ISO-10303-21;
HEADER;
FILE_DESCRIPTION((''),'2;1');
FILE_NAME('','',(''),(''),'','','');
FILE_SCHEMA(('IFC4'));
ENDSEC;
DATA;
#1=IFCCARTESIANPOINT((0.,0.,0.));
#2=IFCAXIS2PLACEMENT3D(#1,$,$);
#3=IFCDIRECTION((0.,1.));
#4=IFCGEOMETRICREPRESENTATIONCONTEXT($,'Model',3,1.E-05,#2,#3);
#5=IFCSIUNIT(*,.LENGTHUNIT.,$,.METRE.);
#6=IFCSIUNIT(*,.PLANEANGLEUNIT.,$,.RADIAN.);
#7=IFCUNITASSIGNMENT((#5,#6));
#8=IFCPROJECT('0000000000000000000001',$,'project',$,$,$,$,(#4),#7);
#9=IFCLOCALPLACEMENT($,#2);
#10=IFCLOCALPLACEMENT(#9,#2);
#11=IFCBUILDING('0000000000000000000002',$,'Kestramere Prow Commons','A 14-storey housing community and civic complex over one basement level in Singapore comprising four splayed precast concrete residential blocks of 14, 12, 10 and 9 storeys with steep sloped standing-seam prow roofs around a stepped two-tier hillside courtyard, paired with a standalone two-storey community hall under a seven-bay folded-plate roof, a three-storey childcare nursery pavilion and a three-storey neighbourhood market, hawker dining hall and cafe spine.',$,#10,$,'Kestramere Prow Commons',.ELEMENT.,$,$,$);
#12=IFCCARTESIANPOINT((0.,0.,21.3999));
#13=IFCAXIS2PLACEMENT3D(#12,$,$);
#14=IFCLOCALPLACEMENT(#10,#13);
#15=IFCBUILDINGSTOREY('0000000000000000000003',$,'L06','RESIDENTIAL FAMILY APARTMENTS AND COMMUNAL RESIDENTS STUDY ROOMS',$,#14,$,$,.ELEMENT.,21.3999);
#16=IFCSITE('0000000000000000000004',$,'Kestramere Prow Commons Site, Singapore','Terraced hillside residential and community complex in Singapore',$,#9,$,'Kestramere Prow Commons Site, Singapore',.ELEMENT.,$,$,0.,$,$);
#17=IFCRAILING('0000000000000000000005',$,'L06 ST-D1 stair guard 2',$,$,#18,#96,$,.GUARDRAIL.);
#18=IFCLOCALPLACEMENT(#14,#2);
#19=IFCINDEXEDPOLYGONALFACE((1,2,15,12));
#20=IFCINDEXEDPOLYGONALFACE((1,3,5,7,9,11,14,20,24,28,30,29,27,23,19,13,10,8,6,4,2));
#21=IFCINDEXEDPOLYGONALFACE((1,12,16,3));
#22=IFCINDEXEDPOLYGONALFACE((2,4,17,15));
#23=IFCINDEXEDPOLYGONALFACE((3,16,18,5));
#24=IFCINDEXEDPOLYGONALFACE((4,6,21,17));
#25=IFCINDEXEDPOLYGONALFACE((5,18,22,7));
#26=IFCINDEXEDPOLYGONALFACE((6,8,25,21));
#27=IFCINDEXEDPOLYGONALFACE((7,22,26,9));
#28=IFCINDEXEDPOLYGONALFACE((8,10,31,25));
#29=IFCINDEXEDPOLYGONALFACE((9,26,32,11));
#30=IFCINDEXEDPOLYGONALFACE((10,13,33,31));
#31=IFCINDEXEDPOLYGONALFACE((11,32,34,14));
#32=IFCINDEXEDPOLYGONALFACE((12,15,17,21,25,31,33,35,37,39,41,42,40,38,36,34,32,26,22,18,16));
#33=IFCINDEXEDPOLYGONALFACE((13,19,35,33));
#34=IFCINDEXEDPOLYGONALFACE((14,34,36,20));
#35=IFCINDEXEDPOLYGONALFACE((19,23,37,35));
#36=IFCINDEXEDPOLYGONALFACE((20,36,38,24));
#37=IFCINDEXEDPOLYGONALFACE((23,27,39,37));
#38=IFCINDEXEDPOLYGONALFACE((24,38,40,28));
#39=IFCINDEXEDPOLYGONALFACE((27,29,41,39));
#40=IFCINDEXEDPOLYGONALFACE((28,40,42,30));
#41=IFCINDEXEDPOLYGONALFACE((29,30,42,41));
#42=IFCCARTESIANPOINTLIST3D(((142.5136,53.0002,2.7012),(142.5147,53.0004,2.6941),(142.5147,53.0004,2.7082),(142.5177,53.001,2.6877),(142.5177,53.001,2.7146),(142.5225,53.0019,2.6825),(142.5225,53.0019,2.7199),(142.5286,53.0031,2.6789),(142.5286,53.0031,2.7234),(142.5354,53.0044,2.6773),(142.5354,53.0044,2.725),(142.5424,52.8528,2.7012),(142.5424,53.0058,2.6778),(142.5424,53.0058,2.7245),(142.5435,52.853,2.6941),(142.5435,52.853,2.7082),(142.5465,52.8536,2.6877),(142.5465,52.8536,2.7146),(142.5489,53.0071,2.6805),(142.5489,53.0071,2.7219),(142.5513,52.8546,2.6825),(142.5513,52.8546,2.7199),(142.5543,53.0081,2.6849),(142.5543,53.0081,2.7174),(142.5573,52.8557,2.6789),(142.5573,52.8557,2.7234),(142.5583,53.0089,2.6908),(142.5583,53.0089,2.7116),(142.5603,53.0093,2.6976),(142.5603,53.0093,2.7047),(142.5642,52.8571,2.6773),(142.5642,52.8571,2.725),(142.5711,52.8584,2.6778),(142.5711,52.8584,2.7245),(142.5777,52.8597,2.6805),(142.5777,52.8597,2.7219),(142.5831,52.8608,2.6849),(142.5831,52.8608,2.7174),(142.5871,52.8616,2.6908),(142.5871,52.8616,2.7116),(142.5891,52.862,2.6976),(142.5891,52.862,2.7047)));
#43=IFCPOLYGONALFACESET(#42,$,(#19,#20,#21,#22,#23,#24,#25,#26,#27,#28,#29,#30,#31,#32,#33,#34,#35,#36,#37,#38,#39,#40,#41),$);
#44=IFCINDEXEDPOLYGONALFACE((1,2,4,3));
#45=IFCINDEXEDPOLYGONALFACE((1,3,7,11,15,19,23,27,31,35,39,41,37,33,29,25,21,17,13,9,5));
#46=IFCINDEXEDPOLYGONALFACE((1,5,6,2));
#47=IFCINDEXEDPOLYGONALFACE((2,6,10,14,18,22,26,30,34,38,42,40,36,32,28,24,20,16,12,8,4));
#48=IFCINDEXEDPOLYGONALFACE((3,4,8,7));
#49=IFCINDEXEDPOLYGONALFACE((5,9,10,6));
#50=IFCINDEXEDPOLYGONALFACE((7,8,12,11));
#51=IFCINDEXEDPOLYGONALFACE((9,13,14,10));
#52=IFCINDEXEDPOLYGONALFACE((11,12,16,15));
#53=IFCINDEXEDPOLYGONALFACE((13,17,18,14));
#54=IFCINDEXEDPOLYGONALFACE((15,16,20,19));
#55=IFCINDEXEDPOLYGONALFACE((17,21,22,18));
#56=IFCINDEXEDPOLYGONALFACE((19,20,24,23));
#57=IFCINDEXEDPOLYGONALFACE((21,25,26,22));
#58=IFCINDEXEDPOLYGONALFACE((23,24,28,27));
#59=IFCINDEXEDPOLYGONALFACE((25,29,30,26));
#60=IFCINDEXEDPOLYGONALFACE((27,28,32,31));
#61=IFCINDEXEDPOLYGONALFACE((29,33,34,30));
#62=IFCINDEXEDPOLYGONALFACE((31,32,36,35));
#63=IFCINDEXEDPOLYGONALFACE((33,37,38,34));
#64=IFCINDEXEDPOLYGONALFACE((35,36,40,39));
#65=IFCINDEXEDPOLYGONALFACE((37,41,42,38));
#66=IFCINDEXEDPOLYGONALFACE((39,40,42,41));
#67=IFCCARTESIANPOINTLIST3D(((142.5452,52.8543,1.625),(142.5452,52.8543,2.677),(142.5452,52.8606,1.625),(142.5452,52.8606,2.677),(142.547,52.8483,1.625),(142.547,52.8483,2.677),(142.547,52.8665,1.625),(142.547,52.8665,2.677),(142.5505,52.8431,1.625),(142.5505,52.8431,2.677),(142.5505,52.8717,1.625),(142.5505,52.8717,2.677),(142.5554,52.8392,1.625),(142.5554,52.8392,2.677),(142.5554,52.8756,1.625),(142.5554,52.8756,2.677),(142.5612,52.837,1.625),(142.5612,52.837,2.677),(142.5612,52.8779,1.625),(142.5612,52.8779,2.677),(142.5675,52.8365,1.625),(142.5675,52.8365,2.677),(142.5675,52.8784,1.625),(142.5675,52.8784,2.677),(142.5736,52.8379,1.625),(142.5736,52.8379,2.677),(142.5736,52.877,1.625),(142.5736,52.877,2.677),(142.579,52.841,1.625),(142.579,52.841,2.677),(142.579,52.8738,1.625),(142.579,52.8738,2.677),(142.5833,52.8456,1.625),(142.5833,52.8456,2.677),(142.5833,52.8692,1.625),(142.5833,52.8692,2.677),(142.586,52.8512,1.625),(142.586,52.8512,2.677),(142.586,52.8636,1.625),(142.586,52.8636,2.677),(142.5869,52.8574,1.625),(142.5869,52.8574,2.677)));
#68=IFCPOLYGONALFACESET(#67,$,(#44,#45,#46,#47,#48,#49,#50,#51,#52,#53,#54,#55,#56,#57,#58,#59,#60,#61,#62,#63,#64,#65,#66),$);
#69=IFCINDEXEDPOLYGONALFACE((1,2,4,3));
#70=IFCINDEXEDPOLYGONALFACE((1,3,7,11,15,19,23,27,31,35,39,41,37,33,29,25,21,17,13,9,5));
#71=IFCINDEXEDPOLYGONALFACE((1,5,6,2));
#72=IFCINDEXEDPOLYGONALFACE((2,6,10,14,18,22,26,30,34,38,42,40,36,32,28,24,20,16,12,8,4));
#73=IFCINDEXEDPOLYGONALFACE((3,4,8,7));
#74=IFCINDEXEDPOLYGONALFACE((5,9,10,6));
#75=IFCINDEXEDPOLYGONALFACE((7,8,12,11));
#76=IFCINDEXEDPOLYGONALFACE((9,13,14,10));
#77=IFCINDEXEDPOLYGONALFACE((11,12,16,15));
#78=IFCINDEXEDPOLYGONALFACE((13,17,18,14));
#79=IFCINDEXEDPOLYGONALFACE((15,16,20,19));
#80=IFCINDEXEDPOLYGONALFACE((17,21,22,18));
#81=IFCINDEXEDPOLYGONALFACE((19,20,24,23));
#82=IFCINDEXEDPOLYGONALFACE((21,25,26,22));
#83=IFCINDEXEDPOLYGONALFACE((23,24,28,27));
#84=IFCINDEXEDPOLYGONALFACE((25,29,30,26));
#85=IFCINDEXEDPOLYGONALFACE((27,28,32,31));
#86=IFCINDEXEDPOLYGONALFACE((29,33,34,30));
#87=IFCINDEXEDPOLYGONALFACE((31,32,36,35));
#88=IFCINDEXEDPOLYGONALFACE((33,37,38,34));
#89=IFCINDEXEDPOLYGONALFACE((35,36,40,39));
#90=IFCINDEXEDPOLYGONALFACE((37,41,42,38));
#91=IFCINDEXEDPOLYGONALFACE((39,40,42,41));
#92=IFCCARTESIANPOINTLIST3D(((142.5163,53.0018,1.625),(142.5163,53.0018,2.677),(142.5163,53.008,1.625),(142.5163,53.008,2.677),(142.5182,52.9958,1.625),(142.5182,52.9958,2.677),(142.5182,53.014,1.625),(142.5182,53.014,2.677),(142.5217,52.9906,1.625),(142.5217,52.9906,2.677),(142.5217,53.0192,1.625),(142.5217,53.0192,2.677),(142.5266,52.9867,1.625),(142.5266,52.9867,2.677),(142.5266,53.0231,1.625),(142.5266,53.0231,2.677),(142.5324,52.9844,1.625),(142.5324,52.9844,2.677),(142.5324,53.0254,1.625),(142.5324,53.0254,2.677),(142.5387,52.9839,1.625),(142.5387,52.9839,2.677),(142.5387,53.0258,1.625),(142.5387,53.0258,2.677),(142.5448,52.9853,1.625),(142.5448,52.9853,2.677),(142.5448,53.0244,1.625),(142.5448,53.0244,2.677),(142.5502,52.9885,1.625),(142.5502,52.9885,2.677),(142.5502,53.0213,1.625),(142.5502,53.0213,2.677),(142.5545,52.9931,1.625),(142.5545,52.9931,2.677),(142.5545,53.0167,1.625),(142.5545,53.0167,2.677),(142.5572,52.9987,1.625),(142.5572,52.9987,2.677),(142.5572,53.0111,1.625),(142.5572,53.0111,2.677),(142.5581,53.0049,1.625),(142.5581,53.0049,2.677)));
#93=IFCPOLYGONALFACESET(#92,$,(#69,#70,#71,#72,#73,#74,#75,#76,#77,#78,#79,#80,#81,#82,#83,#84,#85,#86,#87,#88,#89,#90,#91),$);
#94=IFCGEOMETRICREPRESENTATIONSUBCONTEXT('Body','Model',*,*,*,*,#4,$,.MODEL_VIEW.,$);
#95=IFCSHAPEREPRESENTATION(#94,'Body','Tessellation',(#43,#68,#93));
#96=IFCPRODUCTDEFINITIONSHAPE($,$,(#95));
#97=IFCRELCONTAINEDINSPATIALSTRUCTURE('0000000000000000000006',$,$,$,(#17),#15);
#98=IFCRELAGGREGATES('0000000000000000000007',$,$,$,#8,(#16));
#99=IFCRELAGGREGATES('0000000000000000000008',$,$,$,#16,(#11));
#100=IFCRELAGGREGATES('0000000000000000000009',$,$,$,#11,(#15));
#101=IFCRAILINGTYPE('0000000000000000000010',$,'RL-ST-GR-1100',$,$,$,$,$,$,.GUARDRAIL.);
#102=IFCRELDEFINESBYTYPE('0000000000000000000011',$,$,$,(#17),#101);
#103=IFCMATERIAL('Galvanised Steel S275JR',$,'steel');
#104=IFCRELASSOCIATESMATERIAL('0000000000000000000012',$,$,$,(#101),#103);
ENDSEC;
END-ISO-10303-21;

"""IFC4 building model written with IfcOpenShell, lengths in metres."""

from ifc_helpers import new_model, si_unit, direction, frame, origin, origin_2d, place, context, subcontext, project, spatial, circle, extrude, material, type_object, element, save


model = new_model("IFC4")

# Units and contexts
model_context = context("Model", 3, precision=1e-05, world=origin(), true_north=direction((0.0, 1.0)))
body_context = subcontext(model_context, "Body", "Model", "MODEL_VIEW")
ifc_project = project(units=[si_unit("LENGTHUNIT", "METRE"), si_unit("PLANEANGLEUNIT", "RADIAN")], contexts=[model_context])

# Site, building, storey
site_placement = place(None, origin())
site = spatial("IfcSite", under=ifc_project, at=site_placement, Name="Kestramere Prow Commons Site, Singapore", Description="Terraced hillside residential and community complex in Singapore", LongName="Kestramere Prow Commons Site, Singapore", CompositionType="ELEMENT", RefElevation=0.0)
building_placement = place(site_placement, origin())
building = spatial("IfcBuilding", under=site, at=building_placement, Name="Kestramere Prow Commons", Description="A 14-storey housing community and civic complex over one basement level in Singapore comprising four splayed precast concrete residential blocks of 14, 12, 10 and 9 storeys with steep sloped standing-seam prow roofs around a stepped two-tier hillside courtyard, paired with a standalone two-storey community hall under a seven-bay folded-plate roof, a three-storey childcare nursery pavilion and a three-storey neighbourhood market, hawker dining hall and cafe spine.", LongName="Kestramere Prow Commons", CompositionType="ELEMENT")
storey_placement = place(building_placement, frame((0.0, 0.0, 21.3999)))
storey = spatial("IfcBuildingStorey", under=building, at=storey_placement, Name="L06", Description="RESIDENTIAL FAMILY APARTMENTS AND COMMUNAL RESIDENTS STUDY ROOMS", CompositionType="ELEMENT", Elevation=21.3999)

# Railing
ifc_material_1 = material(Name="Galvanised Steel S275JR", Category="steel")
railing_type_1 = type_object("IfcRailingType", Name="RL-ST-GR-1100", PredefinedType="GUARDRAIL", material=ifc_material_1)
railing_1_placement = place(storey_placement, frame((142.5659, 52.8574, 1.625)))
element("IfcRailing", 1, at=railing_1_placement, inside=storey, type_object=railing_type_1, Name="L06 ST-D1 stair guard 2", PredefinedType="GUARDRAIL", context=body_context, shape_type="SweptSolid", body=[
    extrude(circle(Radius=0.0239, at=origin_2d()), frame((0.0, 0.0, 1.0762), z_axis=(-0.191739, 0.981446, 0.0), x_axis=(-0.981446, -0.191739, 0.0)), (0.0, 0.0, 1.0), 0.1501),
    extrude(circle(Radius=0.021, at=origin_2d()), origin(), (0.0, 0.0, 1.0), 1.052),
    extrude(circle(Radius=0.021, at=origin_2d()), frame((-0.0288, 0.1475, 0.0)), (0.0, 0.0, 1.0), 1.052),
])

save(model, "model.ifc")
